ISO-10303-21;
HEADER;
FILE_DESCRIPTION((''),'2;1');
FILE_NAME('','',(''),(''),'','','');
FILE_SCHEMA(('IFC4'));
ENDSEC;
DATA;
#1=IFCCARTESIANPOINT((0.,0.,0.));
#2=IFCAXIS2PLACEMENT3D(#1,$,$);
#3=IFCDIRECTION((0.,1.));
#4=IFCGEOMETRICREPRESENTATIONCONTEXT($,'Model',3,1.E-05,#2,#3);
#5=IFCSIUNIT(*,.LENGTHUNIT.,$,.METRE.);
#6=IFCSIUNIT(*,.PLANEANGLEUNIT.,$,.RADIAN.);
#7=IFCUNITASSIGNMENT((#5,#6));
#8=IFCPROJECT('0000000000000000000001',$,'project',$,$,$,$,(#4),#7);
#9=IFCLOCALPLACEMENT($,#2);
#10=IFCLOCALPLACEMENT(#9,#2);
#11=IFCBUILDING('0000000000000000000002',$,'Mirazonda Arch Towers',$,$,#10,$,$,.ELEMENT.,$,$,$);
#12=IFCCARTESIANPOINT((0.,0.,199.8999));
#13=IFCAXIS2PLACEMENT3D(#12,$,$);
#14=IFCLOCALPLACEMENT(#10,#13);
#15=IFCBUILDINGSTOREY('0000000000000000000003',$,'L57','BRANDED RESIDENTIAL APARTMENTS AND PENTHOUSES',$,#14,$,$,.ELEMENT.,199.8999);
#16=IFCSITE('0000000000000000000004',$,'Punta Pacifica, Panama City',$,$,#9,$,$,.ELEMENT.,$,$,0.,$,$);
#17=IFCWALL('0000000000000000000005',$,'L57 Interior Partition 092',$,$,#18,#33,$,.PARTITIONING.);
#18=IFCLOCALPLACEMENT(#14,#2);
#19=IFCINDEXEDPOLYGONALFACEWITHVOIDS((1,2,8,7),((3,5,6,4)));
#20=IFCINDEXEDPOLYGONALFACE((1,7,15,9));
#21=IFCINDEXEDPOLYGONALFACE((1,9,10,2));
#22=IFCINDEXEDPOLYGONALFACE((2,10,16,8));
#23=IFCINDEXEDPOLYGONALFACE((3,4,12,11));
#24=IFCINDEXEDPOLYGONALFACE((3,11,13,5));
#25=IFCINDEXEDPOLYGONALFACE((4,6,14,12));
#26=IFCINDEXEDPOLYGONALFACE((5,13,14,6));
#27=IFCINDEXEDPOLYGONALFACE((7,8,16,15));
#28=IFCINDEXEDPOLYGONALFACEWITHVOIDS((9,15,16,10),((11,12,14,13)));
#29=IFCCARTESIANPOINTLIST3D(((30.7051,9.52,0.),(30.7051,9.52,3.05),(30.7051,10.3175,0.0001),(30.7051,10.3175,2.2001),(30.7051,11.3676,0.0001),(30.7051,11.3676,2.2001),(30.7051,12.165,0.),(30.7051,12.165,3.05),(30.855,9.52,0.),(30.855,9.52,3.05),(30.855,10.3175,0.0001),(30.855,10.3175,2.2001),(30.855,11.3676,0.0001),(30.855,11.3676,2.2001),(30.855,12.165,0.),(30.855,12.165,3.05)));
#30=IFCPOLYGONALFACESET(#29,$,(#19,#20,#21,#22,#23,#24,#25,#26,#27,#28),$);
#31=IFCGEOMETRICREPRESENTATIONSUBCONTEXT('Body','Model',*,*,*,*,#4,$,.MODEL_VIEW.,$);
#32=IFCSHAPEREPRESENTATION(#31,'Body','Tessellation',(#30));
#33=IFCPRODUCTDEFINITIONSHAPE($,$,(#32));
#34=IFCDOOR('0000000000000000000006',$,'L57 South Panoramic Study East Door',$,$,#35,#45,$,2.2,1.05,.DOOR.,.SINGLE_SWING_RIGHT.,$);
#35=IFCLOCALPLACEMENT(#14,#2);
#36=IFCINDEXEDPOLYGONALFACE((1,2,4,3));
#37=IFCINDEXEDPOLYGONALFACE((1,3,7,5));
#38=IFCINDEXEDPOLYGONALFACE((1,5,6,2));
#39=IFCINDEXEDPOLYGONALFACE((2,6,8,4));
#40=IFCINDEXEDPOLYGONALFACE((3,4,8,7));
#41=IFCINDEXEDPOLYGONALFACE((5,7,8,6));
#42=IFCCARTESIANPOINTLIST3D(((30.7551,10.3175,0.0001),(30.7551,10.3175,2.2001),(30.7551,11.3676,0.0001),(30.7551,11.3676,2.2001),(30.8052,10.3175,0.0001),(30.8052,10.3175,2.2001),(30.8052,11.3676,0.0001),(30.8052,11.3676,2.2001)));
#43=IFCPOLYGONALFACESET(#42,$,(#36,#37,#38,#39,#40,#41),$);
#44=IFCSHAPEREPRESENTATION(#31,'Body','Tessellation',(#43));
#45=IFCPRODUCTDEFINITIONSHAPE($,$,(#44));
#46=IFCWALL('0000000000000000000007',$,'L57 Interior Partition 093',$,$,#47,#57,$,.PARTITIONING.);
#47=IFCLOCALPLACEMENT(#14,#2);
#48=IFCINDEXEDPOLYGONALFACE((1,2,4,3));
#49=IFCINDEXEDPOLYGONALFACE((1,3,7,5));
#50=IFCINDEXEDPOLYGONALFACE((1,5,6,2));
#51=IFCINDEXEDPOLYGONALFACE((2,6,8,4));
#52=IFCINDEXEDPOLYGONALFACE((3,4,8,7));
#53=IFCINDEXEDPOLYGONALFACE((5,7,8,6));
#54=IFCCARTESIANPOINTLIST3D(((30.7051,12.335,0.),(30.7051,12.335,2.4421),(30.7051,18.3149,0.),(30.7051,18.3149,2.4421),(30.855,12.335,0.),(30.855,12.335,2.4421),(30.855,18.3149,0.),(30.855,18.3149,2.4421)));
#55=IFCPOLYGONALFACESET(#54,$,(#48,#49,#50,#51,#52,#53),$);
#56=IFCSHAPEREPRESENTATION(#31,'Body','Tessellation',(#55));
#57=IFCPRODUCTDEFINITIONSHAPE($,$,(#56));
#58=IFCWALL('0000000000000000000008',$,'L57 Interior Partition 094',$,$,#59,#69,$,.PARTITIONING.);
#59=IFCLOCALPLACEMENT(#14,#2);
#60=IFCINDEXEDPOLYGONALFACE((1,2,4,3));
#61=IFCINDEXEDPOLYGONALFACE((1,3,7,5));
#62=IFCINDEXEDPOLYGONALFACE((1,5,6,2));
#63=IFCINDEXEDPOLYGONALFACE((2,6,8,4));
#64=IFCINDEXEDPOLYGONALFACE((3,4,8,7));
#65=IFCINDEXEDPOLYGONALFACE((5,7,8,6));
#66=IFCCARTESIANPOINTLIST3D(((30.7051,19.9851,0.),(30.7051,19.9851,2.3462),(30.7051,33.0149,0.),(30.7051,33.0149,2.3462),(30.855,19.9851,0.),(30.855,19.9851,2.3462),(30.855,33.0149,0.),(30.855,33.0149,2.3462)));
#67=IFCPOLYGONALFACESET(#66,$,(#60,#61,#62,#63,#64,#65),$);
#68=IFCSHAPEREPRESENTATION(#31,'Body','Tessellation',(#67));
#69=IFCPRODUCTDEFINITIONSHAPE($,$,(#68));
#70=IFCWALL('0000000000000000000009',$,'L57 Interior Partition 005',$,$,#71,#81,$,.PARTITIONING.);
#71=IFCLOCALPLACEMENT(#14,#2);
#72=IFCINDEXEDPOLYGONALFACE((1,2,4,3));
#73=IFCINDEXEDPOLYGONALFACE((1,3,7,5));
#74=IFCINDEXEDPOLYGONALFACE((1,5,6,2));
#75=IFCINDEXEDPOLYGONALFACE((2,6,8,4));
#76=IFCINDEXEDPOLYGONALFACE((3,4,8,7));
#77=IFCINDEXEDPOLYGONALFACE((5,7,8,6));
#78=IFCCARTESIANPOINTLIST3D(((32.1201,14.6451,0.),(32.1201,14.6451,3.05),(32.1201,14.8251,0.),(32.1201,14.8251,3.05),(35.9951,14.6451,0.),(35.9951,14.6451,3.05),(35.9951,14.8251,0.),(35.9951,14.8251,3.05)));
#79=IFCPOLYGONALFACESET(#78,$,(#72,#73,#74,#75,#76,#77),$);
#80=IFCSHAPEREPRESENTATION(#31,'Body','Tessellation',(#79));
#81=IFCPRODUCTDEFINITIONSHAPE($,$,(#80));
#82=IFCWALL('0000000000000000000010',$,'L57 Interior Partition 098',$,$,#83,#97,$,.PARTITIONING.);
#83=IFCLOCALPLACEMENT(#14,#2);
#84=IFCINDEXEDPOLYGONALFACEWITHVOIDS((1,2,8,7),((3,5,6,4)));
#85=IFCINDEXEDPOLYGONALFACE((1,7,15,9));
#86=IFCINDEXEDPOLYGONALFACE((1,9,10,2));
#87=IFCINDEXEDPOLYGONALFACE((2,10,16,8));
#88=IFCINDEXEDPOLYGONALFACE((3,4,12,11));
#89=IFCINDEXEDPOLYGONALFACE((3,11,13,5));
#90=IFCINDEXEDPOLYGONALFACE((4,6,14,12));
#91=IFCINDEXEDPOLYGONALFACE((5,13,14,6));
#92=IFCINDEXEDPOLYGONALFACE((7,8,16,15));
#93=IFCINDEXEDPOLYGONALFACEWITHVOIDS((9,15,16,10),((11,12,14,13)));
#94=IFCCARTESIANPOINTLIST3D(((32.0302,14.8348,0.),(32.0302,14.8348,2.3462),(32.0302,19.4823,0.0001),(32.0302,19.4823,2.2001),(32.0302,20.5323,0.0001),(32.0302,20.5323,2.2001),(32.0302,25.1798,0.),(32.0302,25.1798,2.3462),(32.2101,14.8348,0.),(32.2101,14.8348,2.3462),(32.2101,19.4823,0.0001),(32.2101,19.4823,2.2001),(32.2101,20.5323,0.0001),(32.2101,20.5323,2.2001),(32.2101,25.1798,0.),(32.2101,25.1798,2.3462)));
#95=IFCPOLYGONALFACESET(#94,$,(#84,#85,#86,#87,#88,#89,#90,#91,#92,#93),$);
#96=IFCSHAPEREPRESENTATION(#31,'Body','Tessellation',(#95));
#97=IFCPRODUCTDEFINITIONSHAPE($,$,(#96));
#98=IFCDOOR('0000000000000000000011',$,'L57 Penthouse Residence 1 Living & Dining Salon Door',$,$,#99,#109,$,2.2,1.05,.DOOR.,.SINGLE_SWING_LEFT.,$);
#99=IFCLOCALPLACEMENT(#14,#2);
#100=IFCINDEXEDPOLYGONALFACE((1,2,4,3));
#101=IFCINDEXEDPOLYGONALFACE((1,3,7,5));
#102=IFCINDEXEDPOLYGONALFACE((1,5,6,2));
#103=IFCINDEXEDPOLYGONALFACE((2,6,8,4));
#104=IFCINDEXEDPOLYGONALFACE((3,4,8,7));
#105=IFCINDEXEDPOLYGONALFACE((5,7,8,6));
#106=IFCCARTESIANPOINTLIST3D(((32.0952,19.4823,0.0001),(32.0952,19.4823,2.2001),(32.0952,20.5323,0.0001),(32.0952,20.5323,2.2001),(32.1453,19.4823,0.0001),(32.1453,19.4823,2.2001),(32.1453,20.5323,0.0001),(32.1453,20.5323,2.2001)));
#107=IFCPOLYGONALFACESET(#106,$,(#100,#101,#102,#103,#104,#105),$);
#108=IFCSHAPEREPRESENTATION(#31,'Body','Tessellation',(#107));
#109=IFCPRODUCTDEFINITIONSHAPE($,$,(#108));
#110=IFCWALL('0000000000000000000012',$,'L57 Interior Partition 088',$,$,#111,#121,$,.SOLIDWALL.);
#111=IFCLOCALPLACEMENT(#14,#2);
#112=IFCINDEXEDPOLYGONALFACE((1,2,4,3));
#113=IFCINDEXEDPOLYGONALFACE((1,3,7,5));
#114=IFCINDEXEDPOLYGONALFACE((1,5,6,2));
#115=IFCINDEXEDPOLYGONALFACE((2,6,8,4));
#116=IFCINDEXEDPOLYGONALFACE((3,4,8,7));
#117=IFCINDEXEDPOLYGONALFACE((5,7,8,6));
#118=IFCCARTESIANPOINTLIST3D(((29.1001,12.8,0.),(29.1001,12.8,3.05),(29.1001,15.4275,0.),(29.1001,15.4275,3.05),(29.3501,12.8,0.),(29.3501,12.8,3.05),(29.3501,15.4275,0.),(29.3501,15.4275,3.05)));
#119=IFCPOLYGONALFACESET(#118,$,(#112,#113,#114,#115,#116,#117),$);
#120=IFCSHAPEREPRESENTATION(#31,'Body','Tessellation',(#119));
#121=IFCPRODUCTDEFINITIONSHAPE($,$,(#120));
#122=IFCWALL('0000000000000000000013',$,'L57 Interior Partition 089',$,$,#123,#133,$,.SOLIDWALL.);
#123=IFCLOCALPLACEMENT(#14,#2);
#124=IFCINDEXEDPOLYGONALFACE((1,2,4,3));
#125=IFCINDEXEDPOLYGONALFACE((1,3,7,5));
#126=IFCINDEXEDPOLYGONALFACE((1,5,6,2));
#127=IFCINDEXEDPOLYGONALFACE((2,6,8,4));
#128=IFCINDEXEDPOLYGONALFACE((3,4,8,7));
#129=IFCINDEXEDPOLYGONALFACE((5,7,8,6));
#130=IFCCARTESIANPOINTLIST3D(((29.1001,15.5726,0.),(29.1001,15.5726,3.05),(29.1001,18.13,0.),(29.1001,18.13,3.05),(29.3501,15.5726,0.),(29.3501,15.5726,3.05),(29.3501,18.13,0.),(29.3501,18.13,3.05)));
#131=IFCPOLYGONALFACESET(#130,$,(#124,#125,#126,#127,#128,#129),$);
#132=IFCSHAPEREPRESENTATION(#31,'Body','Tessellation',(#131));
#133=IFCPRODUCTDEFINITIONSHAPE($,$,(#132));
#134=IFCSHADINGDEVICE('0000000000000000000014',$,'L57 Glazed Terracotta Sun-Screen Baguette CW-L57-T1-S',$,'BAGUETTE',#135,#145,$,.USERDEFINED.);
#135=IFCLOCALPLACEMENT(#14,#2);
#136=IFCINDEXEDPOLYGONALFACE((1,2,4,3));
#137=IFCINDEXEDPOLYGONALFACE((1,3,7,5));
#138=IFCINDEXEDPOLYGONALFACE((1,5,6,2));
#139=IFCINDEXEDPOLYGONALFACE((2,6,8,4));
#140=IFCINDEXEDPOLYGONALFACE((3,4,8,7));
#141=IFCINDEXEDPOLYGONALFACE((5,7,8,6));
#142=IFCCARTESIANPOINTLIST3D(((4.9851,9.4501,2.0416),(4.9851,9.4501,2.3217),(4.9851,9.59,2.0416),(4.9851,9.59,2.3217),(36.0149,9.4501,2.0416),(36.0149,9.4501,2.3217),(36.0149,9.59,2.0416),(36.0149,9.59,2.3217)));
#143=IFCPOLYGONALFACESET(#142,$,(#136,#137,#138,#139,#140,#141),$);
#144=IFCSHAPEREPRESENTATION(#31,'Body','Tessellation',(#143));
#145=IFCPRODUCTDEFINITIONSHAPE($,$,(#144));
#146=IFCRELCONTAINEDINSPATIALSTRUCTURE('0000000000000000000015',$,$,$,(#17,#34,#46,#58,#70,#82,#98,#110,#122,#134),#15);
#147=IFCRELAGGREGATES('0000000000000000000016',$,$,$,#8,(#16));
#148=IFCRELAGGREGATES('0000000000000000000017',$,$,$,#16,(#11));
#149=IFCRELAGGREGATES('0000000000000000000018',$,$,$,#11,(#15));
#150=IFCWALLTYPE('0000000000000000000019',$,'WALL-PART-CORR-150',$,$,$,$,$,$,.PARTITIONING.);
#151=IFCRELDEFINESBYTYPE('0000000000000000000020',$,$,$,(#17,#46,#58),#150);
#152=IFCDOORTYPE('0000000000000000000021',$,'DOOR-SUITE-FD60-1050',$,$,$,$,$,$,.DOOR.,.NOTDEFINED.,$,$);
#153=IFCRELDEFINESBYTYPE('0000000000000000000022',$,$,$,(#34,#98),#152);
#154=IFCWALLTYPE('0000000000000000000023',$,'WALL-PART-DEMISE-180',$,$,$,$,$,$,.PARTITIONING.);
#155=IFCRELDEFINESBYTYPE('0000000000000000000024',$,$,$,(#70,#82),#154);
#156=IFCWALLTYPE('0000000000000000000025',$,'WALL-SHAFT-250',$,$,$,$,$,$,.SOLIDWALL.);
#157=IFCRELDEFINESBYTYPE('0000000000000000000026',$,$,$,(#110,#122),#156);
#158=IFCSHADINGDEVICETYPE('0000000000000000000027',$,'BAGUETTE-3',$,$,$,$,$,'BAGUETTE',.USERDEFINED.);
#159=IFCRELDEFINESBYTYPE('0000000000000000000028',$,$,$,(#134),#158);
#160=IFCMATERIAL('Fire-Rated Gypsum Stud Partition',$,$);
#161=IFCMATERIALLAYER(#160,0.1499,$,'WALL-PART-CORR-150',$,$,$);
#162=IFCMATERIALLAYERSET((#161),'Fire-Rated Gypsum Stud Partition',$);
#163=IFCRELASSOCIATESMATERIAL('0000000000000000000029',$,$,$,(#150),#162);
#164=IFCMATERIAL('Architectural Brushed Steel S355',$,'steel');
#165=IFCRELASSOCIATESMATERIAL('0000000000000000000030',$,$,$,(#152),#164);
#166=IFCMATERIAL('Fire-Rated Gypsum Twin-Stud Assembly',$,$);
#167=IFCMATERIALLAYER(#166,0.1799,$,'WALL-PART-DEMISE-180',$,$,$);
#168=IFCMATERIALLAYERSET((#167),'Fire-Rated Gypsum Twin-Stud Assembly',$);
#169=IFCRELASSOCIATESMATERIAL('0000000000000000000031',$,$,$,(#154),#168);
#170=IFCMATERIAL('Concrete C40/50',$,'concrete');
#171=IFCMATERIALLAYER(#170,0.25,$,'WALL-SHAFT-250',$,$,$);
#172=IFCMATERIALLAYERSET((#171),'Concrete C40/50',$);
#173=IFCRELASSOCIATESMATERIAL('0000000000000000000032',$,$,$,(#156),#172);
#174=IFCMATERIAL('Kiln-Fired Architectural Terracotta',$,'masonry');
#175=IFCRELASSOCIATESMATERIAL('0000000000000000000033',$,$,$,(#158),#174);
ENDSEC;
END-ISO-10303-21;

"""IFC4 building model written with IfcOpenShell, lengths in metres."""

from ifc_helpers import new_model, si_unit, direction, frame, frame_2d, origin, origin_2d, place, context, subcontext, project, spatial, rectangle, extrude, material, layer, layer_set, material_profile, profile_set, type_object, element, fill, save


model = new_model("IFC4")

# Units and contexts
model_context = context("Model", 3, precision=1e-05, world=origin(), true_north=direction((0.0, 1.0)))
body_context = subcontext(model_context, "Body", "Model", "MODEL_VIEW")
ifc_project = project(units=[si_unit("LENGTHUNIT", "METRE"), si_unit("PLANEANGLEUNIT", "RADIAN")], contexts=[model_context])

# Site, building, storey
site_placement = place(None, origin())
site = spatial("IfcSite", under=ifc_project, at=site_placement, Name="Punta Pacifica, Panama City", CompositionType="ELEMENT", RefElevation=0.0)
building_placement = place(site_placement, origin())
building = spatial("IfcBuilding", under=site, at=building_placement, Name="Mirazonda Arch Towers", CompositionType="ELEMENT")
storey_placement = place(building_placement, frame((0.0, 0.0, 199.8999)))
storey = spatial("IfcBuildingStorey", under=building, at=storey_placement, Name="L57", Description="BRANDED RESIDENTIAL APARTMENTS AND PENTHOUSES", CompositionType="ELEMENT", Elevation=199.8999)

# Shared definitions
ifc_material_1 = material(Name="Fire-Rated Gypsum Stud Partition")
ifc_layer_1 = layer(ifc_material_1, 0.1499, Name="WALL-PART-CORR-150")
ifc_layer_set_1 = layer_set([ifc_layer_1], Name="Fire-Rated Gypsum Stud Partition")
wall_type_1 = type_object("IfcWallType", Name="WALL-PART-CORR-150", PredefinedType="PARTITIONING", material=ifc_layer_set_1)

# Wall, opening, door
wall_1_placement = place(storey_placement, frame((30.78, 9.52, 0.0), z_axis=(0.0, 0.0, 1.0), x_axis=(0.0, 1.0, 0.0)))
wall_1 = element("IfcWall", 1, at=wall_1_placement, inside=storey, type_object=wall_type_1, Name="L57 Interior Partition 092", PredefinedType="PARTITIONING", context=body_context, shape_type="SweptSolid", body=[
    extrude(rectangle(XDim=2.645, YDim=0.1499, at=frame_2d((1.3225, 0.0))), origin(), (0.0, 0.0, 1.0), 3.05),
])
opening_1_placement = place(wall_1_placement, frame((0.7976, 0.0, 0.0)))
opening_1 = element("IfcOpeningElement", 2, at=opening_1_placement, cuts=wall_1, PredefinedType="OPENING", context=body_context, shape_type="SweptSolid", body=[
    extrude(rectangle(XDim=1.05, YDim=2.2, at=frame_2d((0.5249, 1.1001))), frame((0.0, 0.085, 0.0), z_axis=(0.0, -1.0, 0.0), x_axis=(1.0, 0.0, 0.0)), (0.0, 0.0, 1.0), 0.1699),
])
ifc_material_2 = material(Name="Architectural Brushed Steel S355", Category="steel")
door_type_1 = type_object("IfcDoorType", Name="DOOR-SUITE-FD60-1050", OperationType="NOTDEFINED", PredefinedType="DOOR", material=ifc_material_2)
door_1_placement = place(opening_1_placement, origin())
door_1 = element("IfcDoor", 3, at=door_1_placement, inside=storey, type_object=door_type_1, Name="L57 South Panoramic Study East Door", OperationType="SINGLE_SWING_RIGHT", OverallHeight=2.2, OverallWidth=1.05, PredefinedType="DOOR", context=body_context, shape_type="SweptSolid", body=[
    extrude(rectangle(XDim=1.05, YDim=2.2, at=frame_2d((0.5249, 1.1001))), frame((0.0, 0.0249, 0.0), z_axis=(0.0, -1.0, 0.0), x_axis=(1.0, 0.0, 0.0)), (0.0, 0.0, 1.0), 0.05),
])
fill(opening_1, door_1)

# Walls
wall_2_placement = place(storey_placement, frame((30.78, 12.335, 0.0), z_axis=(0.0, 0.0, 1.0), x_axis=(0.0, 1.0, 0.0)))
element("IfcWall", 4, at=wall_2_placement, inside=storey, type_object=wall_type_1, Name="L57 Interior Partition 093", PredefinedType="PARTITIONING", context=body_context, shape_type="SweptSolid", body=[
    extrude(rectangle(XDim=5.98, YDim=0.1499, at=frame_2d((2.99, 0.0))), origin(), (0.0, 0.0, 1.0), 2.4421),
])
wall_3_placement = place(storey_placement, frame((30.78, 19.9851, 0.0), z_axis=(0.0, 0.0, 1.0), x_axis=(0.0, 1.0, 0.0)))
element("IfcWall", 5, at=wall_3_placement, inside=storey, type_object=wall_type_1, Name="L57 Interior Partition 094", PredefinedType="PARTITIONING", context=body_context, shape_type="SweptSolid", body=[
    extrude(rectangle(XDim=13.0298, YDim=0.1499, at=frame_2d((6.5149, 0.0))), origin(), (0.0, 0.0, 1.0), 2.3462),
])
ifc_material_3 = material(Name="Fire-Rated Gypsum Twin-Stud Assembly")
ifc_layer_2 = layer(ifc_material_3, 0.1799, Name="WALL-PART-DEMISE-180")
ifc_layer_set_2 = layer_set([ifc_layer_2], Name="Fire-Rated Gypsum Twin-Stud Assembly")
wall_type_2 = type_object("IfcWallType", Name="WALL-PART-DEMISE-180", PredefinedType="PARTITIONING", material=ifc_layer_set_2)
wall_4_placement = place(storey_placement, frame((32.1201, 14.7351, 0.0), z_axis=(0.0, 0.0, 1.0), x_axis=(1.0, 0.0, 0.0)))
element("IfcWall", 6, at=wall_4_placement, inside=storey, type_object=wall_type_2, Name="L57 Interior Partition 005", PredefinedType="PARTITIONING", context=body_context, shape_type="SweptSolid", body=[
    extrude(rectangle(XDim=3.875, YDim=0.1799, at=frame_2d((1.9375, 0.0))), origin(), (0.0, 0.0, 1.0), 3.05),
])

# Wall, opening, door
wall_5_placement = place(storey_placement, frame((32.1201, 14.835, 0.0), z_axis=(0.0, 0.0, 1.0), x_axis=(0.0, 1.0, 0.0)))
wall_5 = element("IfcWall", 7, at=wall_5_placement, inside=storey, type_object=wall_type_2, Name="L57 Interior Partition 098", PredefinedType="PARTITIONING", context=body_context, shape_type="SweptSolid", body=[
    extrude(rectangle(XDim=10.345, YDim=0.1799, at=frame_2d((5.1724, 0.0))), origin(), (0.0, 0.0, 1.0), 2.3462),
])
opening_2_placement = place(wall_5_placement, frame((4.6475, 0.0, 0.0)))
opening_2 = element("IfcOpeningElement", 8, at=opening_2_placement, cuts=wall_5, PredefinedType="OPENING", context=body_context, shape_type="SweptSolid", body=[
    extrude(rectangle(XDim=1.05, YDim=2.2, at=frame_2d((0.5249, 1.1001))), frame((0.0, 0.0999, 0.0), z_axis=(0.0, -1.0, 0.0), x_axis=(1.0, 0.0, 0.0)), (0.0, 0.0, 1.0), 0.2),
])
door_2_placement = place(opening_2_placement, origin())
door_2 = element("IfcDoor", 9, at=door_2_placement, inside=storey, type_object=door_type_1, Name="L57 Penthouse Residence 1 Living & Dining Salon Door", OperationType="SINGLE_SWING_LEFT", OverallHeight=2.2, OverallWidth=1.05, PredefinedType="DOOR", context=body_context, shape_type="SweptSolid", body=[
    extrude(rectangle(XDim=1.05, YDim=2.2, at=frame_2d((0.5249, 1.1001))), frame((0.0, 0.0249, 0.0), z_axis=(0.0, -1.0, 0.0), x_axis=(1.0, 0.0, 0.0)), (0.0, 0.0, 1.0), 0.05),
])
fill(opening_2, door_2)

# Walls
ifc_material_4 = material(Name="Concrete C40/50", Category="concrete")
ifc_layer_3 = layer(ifc_material_4, 0.25, Name="WALL-SHAFT-250")
ifc_layer_set_3 = layer_set([ifc_layer_3], Name="Concrete C40/50")
wall_type_3 = type_object("IfcWallType", Name="WALL-SHAFT-250", PredefinedType="SOLIDWALL", material=ifc_layer_set_3)
wall_6_placement = place(storey_placement, frame((29.2251, 12.8, 0.0), z_axis=(0.0, 0.0, 1.0), x_axis=(0.0, 1.0, 0.0)))
element("IfcWall", 10, at=wall_6_placement, inside=storey, type_object=wall_type_3, Name="L57 Interior Partition 088", PredefinedType="SOLIDWALL", context=body_context, shape_type="SweptSolid", body=[
    extrude(rectangle(XDim=2.6274, YDim=0.25, at=frame_2d((1.3137, 0.0))), origin(), (0.0, 0.0, 1.0), 3.05),
])
wall_7_placement = place(storey_placement, frame((29.2251, 15.5725, 0.0), z_axis=(0.0, 0.0, 1.0), x_axis=(0.0, 1.0, 0.0)))
element("IfcWall", 11, at=wall_7_placement, inside=storey, type_object=wall_type_3, Name="L57 Interior Partition 089", PredefinedType="SOLIDWALL", context=body_context, shape_type="SweptSolid", body=[
    extrude(rectangle(XDim=2.5574, YDim=0.25, at=frame_2d((1.2788, 0.0))), origin(), (0.0, 0.0, 1.0), 3.05),
])

# Shading device
ifc_material_5 = material(Name="Kiln-Fired Architectural Terracotta", Category="masonry")
ifc_material_profile_1 = material_profile(ifc_material_5, rectangle(XDim=0.1399, YDim=0.28, at=origin_2d()), Name="TERRA-BAG-140x280")
ifc_profile_set_1 = profile_set([ifc_material_profile_1], Name="Kiln-Fired Architectural Terracotta")
shading_device_type = type_object("IfcShadingDeviceType", Name="BAGUETTE-3", ElementType="BAGUETTE", PredefinedType="USERDEFINED", material=ifc_profile_set_1)
shading_device_placement = place(storey_placement, frame((36.0149, 9.52, 2.1816), z_axis=(-1.0, 0.0, 0.0), x_axis=(0.0, -1.0, 0.0)))
element("IfcShadingDevice", 12, at=shading_device_placement, inside=storey, type_object=shading_device_type, Name="L57 Glazed Terracotta Sun-Screen Baguette CW-L57-T1-S", ObjectType="BAGUETTE", PredefinedType="USERDEFINED", context=body_context, shape_type="SweptSolid", body=[
    extrude(rectangle(XDim=0.1399, YDim=0.28, at=origin_2d()), origin(), (0.0, 0.0, 1.0), 31.0298),
])

save(model, "model.ifc")
